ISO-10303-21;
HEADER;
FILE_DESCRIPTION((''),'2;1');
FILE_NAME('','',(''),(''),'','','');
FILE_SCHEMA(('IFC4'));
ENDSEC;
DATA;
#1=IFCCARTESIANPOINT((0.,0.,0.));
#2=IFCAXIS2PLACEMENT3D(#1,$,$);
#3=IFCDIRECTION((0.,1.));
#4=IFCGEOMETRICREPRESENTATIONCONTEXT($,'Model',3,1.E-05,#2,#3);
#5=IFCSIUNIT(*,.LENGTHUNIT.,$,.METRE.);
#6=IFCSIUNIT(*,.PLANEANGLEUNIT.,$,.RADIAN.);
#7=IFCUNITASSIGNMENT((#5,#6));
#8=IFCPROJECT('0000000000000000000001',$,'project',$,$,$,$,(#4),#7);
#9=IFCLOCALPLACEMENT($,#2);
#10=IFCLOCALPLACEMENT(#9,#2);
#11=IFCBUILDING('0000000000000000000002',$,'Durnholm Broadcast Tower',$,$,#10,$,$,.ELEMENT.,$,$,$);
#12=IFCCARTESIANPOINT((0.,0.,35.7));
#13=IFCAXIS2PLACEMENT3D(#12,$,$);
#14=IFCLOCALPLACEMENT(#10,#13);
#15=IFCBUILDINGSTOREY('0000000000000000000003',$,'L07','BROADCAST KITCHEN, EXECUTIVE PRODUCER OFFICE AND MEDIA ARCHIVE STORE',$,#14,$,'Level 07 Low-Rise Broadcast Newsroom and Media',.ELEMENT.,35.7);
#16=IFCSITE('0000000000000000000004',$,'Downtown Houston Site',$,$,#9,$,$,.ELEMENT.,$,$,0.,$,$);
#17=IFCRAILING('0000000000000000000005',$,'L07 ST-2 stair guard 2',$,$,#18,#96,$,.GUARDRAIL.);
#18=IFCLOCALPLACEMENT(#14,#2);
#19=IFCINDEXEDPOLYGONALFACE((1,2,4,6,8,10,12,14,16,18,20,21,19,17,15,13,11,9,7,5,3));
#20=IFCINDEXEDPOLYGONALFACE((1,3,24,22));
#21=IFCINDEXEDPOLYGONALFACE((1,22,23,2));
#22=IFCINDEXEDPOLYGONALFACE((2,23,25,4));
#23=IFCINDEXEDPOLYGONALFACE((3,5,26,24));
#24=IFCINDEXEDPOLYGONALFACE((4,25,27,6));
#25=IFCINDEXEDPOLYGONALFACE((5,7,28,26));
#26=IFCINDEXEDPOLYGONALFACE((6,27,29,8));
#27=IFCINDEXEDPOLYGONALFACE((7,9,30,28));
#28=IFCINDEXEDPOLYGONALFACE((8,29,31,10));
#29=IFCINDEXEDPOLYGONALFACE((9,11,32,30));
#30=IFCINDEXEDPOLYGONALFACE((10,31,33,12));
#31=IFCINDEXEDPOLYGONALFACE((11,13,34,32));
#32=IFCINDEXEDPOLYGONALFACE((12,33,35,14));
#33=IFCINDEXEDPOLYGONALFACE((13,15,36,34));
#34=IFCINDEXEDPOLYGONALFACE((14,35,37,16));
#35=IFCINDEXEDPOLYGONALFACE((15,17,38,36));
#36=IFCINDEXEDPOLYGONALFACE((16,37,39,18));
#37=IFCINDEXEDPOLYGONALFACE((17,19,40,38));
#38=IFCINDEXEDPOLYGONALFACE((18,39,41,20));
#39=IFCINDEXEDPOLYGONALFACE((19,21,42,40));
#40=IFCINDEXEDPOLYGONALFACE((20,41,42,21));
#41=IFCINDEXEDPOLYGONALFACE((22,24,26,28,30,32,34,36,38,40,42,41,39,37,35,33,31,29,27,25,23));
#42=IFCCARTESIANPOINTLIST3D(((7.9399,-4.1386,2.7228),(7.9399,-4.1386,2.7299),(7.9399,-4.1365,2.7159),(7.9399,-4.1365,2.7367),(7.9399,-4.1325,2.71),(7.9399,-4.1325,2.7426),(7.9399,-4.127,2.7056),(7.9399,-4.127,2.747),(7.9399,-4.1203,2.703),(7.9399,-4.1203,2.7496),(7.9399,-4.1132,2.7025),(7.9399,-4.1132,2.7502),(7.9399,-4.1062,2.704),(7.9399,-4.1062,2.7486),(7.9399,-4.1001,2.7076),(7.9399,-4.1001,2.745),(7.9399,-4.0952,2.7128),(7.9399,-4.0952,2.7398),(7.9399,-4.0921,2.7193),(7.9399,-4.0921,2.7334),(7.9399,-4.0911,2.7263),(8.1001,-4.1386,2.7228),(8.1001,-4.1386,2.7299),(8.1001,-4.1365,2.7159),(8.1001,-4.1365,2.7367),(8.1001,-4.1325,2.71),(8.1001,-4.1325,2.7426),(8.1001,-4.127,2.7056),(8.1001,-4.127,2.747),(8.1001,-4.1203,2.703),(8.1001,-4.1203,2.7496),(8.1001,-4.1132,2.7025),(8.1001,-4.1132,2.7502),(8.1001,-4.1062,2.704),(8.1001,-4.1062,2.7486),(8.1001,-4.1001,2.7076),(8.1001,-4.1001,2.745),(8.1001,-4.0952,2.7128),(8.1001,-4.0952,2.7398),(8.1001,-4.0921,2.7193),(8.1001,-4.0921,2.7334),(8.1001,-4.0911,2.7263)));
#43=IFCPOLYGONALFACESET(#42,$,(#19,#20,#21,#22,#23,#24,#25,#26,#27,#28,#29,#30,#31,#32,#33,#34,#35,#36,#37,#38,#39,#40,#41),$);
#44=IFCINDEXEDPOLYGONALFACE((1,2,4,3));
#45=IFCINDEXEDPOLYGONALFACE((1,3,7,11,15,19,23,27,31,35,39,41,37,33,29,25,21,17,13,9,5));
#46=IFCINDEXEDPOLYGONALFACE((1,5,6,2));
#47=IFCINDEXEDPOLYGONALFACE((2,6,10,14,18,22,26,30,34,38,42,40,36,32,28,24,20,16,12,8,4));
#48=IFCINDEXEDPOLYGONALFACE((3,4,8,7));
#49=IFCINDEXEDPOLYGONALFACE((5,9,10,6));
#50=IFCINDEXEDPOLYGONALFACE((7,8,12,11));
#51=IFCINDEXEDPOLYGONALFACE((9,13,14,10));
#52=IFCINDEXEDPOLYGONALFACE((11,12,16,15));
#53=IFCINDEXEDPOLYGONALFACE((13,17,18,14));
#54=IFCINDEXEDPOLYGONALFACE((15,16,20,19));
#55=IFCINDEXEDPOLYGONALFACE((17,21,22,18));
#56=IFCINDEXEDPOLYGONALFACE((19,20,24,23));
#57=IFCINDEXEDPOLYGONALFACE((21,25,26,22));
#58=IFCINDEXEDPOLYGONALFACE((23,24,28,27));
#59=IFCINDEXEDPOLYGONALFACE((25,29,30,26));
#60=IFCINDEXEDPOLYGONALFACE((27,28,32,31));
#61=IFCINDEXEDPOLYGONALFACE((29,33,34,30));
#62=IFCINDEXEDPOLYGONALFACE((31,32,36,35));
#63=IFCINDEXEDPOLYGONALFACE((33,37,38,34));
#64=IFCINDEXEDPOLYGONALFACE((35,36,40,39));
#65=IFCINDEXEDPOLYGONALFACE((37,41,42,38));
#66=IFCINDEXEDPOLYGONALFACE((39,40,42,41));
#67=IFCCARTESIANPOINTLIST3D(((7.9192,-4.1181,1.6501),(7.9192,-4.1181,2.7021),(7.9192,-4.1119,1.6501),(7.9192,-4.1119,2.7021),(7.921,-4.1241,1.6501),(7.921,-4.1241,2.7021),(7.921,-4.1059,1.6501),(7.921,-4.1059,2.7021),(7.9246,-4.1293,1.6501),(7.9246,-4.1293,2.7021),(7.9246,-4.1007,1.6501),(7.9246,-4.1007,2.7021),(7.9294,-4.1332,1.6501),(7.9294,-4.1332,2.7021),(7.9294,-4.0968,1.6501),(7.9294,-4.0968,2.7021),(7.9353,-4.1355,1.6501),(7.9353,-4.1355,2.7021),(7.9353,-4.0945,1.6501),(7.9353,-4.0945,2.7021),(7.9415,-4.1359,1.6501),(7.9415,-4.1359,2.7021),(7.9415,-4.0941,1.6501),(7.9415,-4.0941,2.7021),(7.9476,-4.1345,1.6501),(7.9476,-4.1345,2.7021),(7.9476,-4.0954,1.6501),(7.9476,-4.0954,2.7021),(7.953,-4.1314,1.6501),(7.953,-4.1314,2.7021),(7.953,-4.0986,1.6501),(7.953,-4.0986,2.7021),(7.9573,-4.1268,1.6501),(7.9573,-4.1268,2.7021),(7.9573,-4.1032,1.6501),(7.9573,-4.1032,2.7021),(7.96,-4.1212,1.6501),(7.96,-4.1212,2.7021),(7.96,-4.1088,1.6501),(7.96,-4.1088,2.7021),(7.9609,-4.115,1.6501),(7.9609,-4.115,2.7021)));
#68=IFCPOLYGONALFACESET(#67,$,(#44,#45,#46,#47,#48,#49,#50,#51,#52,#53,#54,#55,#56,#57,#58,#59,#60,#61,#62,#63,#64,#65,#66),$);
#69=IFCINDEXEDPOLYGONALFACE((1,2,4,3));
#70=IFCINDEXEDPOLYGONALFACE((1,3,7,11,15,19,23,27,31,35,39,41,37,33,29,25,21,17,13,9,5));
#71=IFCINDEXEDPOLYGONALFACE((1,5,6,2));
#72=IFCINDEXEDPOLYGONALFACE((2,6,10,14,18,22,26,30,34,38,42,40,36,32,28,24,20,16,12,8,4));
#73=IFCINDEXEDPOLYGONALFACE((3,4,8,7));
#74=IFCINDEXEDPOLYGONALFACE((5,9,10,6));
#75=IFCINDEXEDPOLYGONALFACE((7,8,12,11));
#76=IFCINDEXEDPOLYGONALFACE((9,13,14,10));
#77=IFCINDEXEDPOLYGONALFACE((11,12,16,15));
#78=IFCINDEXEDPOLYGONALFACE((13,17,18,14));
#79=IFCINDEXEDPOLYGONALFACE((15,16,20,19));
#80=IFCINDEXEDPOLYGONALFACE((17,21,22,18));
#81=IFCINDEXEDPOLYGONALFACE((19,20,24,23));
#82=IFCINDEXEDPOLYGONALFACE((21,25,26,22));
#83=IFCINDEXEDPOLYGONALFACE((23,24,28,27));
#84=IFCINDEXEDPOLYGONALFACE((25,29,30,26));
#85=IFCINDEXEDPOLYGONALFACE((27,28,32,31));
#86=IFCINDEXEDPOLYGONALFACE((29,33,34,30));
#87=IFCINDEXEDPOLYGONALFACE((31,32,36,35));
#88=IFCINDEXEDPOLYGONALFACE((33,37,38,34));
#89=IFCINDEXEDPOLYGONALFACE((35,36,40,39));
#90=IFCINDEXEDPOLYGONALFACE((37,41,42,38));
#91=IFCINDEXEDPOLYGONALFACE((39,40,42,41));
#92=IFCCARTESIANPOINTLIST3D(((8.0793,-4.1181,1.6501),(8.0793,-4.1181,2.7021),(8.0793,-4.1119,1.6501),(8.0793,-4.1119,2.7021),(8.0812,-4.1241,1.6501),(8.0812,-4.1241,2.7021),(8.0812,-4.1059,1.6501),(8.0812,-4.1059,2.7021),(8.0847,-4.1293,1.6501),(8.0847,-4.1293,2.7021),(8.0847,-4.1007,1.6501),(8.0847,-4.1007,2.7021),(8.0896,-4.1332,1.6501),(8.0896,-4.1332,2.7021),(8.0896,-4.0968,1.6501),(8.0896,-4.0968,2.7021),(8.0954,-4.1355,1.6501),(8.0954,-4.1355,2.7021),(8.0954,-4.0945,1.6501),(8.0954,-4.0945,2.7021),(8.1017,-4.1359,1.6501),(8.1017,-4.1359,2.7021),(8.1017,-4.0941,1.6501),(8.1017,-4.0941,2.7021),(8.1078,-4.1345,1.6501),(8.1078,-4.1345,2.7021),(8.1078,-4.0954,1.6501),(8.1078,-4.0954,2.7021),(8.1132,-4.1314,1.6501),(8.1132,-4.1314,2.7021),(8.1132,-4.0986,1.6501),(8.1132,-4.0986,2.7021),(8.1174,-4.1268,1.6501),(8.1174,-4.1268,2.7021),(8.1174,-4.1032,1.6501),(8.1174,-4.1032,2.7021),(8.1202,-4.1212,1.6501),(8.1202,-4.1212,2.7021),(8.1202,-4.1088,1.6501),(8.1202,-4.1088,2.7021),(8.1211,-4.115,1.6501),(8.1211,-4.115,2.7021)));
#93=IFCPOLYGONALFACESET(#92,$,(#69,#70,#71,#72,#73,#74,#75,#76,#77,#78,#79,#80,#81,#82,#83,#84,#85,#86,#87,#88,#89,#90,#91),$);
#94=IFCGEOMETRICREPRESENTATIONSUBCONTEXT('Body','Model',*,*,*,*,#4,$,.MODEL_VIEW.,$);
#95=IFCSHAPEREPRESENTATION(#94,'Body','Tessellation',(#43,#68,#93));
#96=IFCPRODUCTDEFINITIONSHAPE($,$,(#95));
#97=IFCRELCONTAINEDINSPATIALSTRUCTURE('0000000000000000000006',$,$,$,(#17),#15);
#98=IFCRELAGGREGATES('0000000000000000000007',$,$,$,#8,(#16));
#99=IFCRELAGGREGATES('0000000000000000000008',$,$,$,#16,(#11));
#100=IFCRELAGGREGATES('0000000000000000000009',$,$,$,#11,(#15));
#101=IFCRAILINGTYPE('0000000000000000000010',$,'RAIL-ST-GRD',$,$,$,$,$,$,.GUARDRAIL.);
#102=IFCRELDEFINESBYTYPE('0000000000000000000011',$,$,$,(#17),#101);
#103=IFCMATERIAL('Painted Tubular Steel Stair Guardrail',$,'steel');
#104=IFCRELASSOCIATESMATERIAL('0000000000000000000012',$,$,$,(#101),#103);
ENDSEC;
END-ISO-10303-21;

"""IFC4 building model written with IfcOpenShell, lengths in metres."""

from ifc_helpers import new_model, si_unit, direction, frame, origin, origin_2d, place, context, subcontext, project, spatial, circle, extrude, material, type_object, element, save


model = new_model("IFC4")

# Units and contexts
model_context = context("Model", 3, precision=1e-05, world=origin(), true_north=direction((0.0, 1.0)))
body_context = subcontext(model_context, "Body", "Model", "MODEL_VIEW")
ifc_project = project(units=[si_unit("LENGTHUNIT", "METRE"), si_unit("PLANEANGLEUNIT", "RADIAN")], contexts=[model_context])

# Site, building, storey
site_placement = place(None, origin())
site = spatial("IfcSite", under=ifc_project, at=site_placement, Name="Downtown Houston Site", CompositionType="ELEMENT", RefElevation=0.0)
building_placement = place(site_placement, origin())
building = spatial("IfcBuilding", under=site, at=building_placement, Name="Durnholm Broadcast Tower", CompositionType="ELEMENT")
storey_placement = place(building_placement, frame((0.0, 0.0, 35.7)))
storey = spatial("IfcBuildingStorey", under=building, at=storey_placement, Name="L07", Description="BROADCAST KITCHEN, EXECUTIVE PRODUCER OFFICE AND MEDIA ARCHIVE STORE", LongName="Level 07 Low-Rise Broadcast Newsroom and Media", CompositionType="ELEMENT", Elevation=35.7)

# Railing
ifc_material_1 = material(Name="Painted Tubular Steel Stair Guardrail", Category="steel")
railing_type_1 = type_object("IfcRailingType", Name="RAIL-ST-GRD", PredefinedType="GUARDRAIL", material=ifc_material_1)
railing_1_placement = place(storey_placement, frame((7.9399, -4.115, 1.6501)))
element("IfcRailing", 1, at=railing_1_placement, inside=storey, type_object=railing_type_1, Name="L07 ST-2 stair guard 2", PredefinedType="GUARDRAIL", context=body_context, shape_type="SweptSolid", body=[
    extrude(circle(Radius=0.0239, at=origin_2d()), frame((0.0, 0.0, 1.0762), z_axis=(1.0, 0.0, 0.0), x_axis=(0.0, 1.0, 0.0)), (0.0, 0.0, 1.0), 0.1602),
    extrude(circle(Radius=0.021, at=origin_2d()), origin(), (0.0, 0.0, 1.0), 1.052),
    extrude(circle(Radius=0.021, at=origin_2d()), frame((0.1602, 0.0, 0.0)), (0.0, 0.0, 1.0), 1.052),
])

save(model, "model.ifc")
